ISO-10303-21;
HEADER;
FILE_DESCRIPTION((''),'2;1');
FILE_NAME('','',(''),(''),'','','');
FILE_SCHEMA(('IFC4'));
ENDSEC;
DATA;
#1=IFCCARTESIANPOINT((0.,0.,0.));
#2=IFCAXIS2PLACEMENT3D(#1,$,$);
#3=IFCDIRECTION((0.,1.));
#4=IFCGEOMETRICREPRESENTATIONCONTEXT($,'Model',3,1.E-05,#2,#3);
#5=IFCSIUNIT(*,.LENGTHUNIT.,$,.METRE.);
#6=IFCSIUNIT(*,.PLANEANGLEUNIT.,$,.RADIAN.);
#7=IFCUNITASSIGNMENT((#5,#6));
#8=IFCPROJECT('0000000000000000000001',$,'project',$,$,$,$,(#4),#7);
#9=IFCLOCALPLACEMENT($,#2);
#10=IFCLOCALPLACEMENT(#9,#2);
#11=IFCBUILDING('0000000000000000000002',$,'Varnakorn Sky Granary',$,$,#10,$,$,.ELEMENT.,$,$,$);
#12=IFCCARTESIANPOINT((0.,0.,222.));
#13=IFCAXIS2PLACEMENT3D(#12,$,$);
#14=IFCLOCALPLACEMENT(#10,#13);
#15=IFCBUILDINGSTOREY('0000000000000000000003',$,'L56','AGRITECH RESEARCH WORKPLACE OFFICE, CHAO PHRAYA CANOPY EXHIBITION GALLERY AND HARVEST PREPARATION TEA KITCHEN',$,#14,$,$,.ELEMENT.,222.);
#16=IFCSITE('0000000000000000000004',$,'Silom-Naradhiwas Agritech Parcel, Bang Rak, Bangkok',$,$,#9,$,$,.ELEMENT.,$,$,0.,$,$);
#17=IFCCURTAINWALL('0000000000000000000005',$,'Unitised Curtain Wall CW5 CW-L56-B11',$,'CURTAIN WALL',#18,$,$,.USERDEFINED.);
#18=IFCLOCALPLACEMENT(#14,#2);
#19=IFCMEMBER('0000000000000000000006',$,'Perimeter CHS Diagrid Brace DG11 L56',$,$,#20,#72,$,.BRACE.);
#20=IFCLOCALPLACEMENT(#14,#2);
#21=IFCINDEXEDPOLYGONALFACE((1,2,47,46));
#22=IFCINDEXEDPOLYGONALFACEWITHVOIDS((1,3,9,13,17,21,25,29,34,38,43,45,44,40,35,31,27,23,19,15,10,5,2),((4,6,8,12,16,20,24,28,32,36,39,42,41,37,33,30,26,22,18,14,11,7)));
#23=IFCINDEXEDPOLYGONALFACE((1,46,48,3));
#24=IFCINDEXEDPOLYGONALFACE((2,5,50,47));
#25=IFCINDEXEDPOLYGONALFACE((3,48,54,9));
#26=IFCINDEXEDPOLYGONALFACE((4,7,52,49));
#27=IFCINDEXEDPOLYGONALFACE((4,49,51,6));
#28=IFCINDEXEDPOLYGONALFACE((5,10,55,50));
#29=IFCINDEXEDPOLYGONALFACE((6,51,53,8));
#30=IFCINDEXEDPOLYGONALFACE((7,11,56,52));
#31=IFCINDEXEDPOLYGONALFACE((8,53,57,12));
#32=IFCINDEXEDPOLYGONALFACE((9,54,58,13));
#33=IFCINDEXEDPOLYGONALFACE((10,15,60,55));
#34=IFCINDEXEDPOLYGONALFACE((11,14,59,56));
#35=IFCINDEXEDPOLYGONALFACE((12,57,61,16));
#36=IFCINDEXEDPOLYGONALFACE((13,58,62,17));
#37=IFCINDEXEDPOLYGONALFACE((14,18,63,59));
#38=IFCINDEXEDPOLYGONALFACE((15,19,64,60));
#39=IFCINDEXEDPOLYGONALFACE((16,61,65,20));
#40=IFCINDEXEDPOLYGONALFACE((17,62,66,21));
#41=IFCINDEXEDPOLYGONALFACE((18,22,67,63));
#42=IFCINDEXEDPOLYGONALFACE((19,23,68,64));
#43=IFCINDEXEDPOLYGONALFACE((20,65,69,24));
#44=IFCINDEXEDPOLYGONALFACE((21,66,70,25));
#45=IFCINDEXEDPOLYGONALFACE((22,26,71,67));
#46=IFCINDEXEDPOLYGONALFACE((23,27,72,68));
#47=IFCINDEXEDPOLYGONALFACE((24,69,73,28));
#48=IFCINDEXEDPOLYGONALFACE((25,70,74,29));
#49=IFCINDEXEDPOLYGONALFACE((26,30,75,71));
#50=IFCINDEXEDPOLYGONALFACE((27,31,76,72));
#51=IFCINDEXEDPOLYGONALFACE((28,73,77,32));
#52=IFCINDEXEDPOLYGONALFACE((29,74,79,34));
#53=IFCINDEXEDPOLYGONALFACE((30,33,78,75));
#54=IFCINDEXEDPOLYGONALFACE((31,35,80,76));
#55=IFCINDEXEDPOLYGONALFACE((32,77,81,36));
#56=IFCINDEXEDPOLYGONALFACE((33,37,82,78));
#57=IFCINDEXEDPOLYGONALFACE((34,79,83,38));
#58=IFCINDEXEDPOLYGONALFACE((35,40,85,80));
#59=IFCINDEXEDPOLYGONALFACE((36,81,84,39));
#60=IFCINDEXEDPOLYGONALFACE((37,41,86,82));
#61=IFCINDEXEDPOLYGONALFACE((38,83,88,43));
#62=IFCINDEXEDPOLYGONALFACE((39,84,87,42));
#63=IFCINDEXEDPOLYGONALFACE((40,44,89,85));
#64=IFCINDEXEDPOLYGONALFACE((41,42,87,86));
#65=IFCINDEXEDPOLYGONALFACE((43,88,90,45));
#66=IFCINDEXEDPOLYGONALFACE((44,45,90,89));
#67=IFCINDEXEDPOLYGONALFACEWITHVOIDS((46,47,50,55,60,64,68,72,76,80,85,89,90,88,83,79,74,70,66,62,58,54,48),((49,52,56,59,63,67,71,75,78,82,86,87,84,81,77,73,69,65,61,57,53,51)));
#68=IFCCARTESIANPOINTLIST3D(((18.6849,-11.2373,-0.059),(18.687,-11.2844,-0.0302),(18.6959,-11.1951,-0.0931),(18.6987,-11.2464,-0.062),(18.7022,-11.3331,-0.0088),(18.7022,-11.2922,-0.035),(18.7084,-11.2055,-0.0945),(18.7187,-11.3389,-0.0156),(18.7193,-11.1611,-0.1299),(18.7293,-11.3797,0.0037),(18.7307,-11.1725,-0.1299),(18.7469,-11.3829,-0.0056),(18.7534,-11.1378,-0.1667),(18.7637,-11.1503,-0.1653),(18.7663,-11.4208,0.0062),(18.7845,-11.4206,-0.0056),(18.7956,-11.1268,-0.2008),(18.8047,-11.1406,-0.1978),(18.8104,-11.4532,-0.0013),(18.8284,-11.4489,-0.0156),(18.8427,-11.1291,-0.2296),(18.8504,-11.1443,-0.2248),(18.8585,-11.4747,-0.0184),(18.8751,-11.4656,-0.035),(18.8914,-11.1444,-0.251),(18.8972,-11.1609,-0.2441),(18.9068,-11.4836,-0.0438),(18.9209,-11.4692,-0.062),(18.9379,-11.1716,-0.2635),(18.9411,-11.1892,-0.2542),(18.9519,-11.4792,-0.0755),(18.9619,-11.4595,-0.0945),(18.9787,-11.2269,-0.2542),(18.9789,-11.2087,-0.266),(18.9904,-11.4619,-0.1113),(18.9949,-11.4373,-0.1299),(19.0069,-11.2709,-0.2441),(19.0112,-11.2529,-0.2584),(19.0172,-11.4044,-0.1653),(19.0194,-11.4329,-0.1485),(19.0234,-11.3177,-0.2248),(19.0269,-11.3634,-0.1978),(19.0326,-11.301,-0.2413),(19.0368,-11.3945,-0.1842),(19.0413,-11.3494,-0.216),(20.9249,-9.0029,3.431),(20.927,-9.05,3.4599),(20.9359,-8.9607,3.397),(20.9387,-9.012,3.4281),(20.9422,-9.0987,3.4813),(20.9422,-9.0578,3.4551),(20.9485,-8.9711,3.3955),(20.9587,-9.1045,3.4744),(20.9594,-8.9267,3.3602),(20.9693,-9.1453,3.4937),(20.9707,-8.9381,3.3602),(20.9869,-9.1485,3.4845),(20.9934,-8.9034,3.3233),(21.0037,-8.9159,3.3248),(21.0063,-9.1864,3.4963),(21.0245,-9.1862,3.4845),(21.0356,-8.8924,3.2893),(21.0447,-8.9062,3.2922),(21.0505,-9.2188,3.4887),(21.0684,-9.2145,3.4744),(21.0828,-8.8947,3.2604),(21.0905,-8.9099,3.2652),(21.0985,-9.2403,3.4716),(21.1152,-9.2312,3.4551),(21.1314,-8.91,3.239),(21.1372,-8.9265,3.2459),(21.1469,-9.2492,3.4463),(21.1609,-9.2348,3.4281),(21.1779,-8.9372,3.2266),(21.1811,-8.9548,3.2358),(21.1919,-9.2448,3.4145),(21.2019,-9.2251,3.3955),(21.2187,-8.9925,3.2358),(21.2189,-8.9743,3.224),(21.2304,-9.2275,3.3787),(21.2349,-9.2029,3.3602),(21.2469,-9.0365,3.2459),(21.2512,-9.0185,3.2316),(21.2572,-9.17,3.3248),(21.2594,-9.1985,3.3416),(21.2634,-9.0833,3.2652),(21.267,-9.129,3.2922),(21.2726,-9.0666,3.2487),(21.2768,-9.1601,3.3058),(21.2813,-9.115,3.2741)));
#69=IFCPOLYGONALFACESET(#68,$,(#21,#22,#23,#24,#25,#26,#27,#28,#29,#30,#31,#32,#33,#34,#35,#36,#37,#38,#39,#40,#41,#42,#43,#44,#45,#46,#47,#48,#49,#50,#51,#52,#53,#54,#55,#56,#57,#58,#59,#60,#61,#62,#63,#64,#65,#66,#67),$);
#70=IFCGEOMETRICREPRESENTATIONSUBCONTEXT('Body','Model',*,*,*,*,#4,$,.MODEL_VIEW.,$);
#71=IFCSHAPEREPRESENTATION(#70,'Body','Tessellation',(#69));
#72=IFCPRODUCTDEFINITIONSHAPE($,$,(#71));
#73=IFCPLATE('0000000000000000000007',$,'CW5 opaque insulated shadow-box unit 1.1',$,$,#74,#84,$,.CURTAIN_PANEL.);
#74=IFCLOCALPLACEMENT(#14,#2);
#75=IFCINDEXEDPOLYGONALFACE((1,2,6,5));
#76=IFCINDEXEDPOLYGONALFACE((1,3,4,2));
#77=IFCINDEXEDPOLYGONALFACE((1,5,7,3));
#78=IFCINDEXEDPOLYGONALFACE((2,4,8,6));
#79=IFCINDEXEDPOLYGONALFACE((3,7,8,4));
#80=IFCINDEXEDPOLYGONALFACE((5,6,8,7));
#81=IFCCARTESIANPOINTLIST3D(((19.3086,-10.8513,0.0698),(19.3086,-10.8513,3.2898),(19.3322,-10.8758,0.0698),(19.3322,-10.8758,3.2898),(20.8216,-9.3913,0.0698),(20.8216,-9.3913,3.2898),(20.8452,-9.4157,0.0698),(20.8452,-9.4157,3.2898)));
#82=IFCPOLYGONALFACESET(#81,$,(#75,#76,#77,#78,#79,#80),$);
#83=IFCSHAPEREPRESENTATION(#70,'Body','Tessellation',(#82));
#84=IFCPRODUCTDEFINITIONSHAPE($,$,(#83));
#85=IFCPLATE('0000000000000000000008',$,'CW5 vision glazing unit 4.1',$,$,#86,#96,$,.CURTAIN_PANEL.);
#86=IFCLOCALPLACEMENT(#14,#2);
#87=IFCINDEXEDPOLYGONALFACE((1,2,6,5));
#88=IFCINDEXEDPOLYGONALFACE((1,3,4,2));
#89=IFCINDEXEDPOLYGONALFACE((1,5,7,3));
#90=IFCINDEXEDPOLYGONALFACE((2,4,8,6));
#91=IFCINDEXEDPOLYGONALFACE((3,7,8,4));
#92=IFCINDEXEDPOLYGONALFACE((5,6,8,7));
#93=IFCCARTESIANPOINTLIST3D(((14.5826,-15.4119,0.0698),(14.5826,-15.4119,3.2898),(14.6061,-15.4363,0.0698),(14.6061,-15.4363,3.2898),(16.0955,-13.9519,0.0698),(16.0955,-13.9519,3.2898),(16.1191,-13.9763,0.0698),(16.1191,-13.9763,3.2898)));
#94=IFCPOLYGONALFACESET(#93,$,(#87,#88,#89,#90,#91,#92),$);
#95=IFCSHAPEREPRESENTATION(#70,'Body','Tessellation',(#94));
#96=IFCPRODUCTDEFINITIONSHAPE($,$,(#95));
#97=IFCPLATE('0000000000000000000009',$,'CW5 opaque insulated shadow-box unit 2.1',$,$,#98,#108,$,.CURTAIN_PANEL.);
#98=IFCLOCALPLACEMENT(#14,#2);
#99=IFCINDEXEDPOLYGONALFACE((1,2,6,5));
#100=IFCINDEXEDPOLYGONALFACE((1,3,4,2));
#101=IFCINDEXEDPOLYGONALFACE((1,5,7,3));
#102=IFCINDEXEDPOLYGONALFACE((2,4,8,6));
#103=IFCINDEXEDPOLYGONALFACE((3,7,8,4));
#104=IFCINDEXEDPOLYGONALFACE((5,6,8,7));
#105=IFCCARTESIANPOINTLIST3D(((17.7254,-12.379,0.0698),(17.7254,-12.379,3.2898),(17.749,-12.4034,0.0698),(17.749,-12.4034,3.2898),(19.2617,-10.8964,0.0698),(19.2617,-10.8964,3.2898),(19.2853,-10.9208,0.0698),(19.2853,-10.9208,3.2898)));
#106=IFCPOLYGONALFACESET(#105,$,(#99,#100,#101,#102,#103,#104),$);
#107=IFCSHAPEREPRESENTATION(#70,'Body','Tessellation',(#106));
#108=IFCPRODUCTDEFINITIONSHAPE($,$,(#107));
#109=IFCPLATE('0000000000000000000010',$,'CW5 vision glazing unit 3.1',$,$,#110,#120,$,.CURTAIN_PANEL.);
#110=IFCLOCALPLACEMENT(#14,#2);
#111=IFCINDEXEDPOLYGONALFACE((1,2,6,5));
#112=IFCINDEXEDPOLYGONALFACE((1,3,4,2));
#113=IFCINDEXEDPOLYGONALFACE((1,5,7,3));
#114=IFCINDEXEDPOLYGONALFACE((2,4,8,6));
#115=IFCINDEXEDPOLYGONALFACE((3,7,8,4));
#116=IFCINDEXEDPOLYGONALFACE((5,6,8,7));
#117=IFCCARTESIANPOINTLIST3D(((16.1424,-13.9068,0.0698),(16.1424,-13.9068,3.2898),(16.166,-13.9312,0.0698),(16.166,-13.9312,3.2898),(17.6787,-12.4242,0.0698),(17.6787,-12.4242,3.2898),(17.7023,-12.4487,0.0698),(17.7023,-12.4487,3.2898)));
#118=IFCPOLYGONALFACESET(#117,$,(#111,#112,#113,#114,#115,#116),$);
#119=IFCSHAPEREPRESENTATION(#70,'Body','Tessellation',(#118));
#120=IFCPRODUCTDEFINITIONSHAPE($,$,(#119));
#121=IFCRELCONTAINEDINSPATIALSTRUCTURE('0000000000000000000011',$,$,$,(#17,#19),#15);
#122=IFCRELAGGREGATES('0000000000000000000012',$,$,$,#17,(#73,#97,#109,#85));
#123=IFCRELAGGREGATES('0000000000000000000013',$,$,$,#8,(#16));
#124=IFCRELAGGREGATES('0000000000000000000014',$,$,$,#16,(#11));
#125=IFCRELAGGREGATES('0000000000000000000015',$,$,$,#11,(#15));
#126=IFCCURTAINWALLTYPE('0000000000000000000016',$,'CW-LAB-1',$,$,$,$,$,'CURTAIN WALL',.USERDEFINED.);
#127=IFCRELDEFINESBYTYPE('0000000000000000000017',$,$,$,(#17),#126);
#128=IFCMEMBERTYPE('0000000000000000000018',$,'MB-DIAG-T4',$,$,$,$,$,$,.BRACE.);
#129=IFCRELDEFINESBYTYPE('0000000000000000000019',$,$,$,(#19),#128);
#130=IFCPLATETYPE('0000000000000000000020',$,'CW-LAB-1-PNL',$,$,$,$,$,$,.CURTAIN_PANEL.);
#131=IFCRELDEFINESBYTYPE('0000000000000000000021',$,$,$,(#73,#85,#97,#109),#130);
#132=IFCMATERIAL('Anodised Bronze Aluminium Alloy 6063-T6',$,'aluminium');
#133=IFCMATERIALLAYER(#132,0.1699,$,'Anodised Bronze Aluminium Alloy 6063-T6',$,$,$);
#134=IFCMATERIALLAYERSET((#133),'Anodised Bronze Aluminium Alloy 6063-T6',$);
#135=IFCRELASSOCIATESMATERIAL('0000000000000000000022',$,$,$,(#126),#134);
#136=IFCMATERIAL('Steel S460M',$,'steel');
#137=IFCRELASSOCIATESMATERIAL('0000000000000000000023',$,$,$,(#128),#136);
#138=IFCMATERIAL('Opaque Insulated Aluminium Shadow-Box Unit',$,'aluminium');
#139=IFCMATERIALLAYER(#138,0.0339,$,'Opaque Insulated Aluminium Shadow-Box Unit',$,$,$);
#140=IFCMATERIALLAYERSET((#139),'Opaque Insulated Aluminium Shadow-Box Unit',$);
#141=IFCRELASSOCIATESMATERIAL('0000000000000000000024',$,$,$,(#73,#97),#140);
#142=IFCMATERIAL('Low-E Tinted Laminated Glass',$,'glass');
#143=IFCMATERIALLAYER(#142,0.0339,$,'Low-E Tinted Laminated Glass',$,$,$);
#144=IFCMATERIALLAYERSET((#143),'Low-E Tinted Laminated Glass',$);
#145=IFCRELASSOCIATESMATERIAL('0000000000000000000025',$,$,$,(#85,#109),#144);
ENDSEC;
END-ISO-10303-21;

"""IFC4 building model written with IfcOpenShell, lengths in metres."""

from ifc_helpers import new_model, si_unit, direction, frame, origin, origin_2d, place, context, subcontext, project, spatial, rectangle, hollow_circle, extrude, source, transform, mapped, material, layer, layer_set, material_profile, profile_set, type_object, type_shapes, element, aggregate, save


model = new_model("IFC4")

# Units and contexts
model_context = context("Model", 3, precision=1e-05, world=origin(), true_north=direction((0.0, 1.0)))
body_context = subcontext(model_context, "Body", "Model", "MODEL_VIEW")
ifc_project = project(units=[si_unit("LENGTHUNIT", "METRE"), si_unit("PLANEANGLEUNIT", "RADIAN")], contexts=[model_context])

# Site, building, storey
site_placement = place(None, origin())
site = spatial("IfcSite", under=ifc_project, at=site_placement, Name="Silom-Naradhiwas Agritech Parcel, Bang Rak, Bangkok", CompositionType="ELEMENT", RefElevation=0.0)
building_placement = place(site_placement, origin())
building = spatial("IfcBuilding", under=site, at=building_placement, Name="Varnakorn Sky Granary", CompositionType="ELEMENT")
storey_placement = place(building_placement, frame((0.0, 0.0, 222.0)))
storey = spatial("IfcBuildingStorey", under=building, at=storey_placement, Name="L56", Description="AGRITECH RESEARCH WORKPLACE OFFICE, CHAO PHRAYA CANOPY EXHIBITION GALLERY AND HARVEST PREPARATION TEA KITCHEN", CompositionType="ELEMENT", Elevation=222.0)

# Shared definitions
ifc_material_1 = material(Name="Steel S460M", Category="steel")

# Shared definitions
ifc_material_2 = material(Name="Anodised Bronze Aluminium Alloy 6063-T6", Category="aluminium")
ifc_layer_1 = layer(ifc_material_2, 0.1699, Name="Anodised Bronze Aluminium Alloy 6063-T6")
ifc_layer_set_1 = layer_set([ifc_layer_1], Name="Anodised Bronze Aluminium Alloy 6063-T6")
curtain_wall_type = type_object("IfcCurtainWallType", Name="CW-LAB-1", ElementType="CURTAIN WALL", PredefinedType="USERDEFINED", material=ifc_layer_set_1)

# Curtain wall
curtain_wall_1_placement = place(storey_placement, origin())
curtain_wall_1 = element("IfcCurtainWall", 1, at=curtain_wall_1_placement, inside=storey, type_object=curtain_wall_type, Name="Unitised Curtain Wall CW5 CW-L56-B11", ObjectType="CURTAIN WALL", PredefinedType="USERDEFINED")

# Member
ifc_material_profile_1 = material_profile(ifc_material_1, hollow_circle(Radius=0.2031, WallThickness=0.0161, at=origin_2d()), Name="CHS 406.4x16")
ifc_profile_set_1 = profile_set([ifc_material_profile_1], Name="Steel S460M")
member_type_1 = type_object("IfcMemberType", Name="MB-DIAG-T4", PredefinedType="BRACE", material=ifc_profile_set_1)
member_1_placement = place(storey_placement, frame((18.8628, -11.3049, -0.1299), z_axis=(0.475518, 0.474326, 0.740876), x_axis=(-0.706219, 0.707994, 0.0)))
element("IfcMember", 2, at=member_1_placement, inside=storey, type_object=member_type_1, Name="Perimeter CHS Diagrid Brace DG11 L56", PredefinedType="BRACE", context=body_context, shape_type="SweptSolid", body=[
    extrude(hollow_circle(Radius=0.2031, WallThickness=0.0161, at=origin_2d()), origin(), (0.0, 0.0, 1.0), 4.7107),
])

# Plates
ifc_material_3 = material(Name="Opaque Insulated Aluminium Shadow-Box Unit", Category="aluminium")
ifc_layer_2 = layer(ifc_material_3, 0.0339, Name="Opaque Insulated Aluminium Shadow-Box Unit")
ifc_layer_set_2 = layer_set([ifc_layer_2], Name="Opaque Insulated Aluminium Shadow-Box Unit")
plate_type = type_object("IfcPlateType", Name="CW-LAB-1-PNL", PredefinedType="CURTAIN_PANEL")
shared_shape_1 = source(origin(), body_context, "Body", "SweptSolid", [
    extrude(rectangle(XDim=2.1025, YDim=0.0339, at=origin_2d()), origin(), (0.0, 0.0, 1.0), 3.22),
])
plate_1_placement = place(storey_placement, frame((20.0769, -10.1335, 0.0698), z_axis=(0.0, 0.0, 1.0), x_axis=(-0.719585, -0.694404, 0.0)))
plate_1 = element("IfcPlate", 3, at=plate_1_placement, type_object=plate_type, material=ifc_layer_set_2, Name="CW5 opaque insulated shadow-box unit 1.1", PredefinedType="CURTAIN_PANEL", context=body_context, shape_type="MappedRepresentation", body=[
    mapped(shared_shape_1, transform((0.0, 0.0, 0.0), x_axis=(1.0, 0.0, 0.0), y_axis=(0.0, 1.0, 0.0), z_axis=(0.0, 0.0, 1.0), scale=1.0)),
])
ifc_material_4 = material(Name="Low-E Tinted Laminated Glass", Category="glass")
ifc_layer_3 = layer(ifc_material_4, 0.0339, Name="Low-E Tinted Laminated Glass")
ifc_layer_set_3 = layer_set([ifc_layer_3], Name="Low-E Tinted Laminated Glass")
plate_2_placement = place(storey_placement, frame((15.3508, -14.6941, 0.0698), z_axis=(0.0, 0.0, 1.0), x_axis=(-0.719585, -0.694404, 0.0)))
plate_2 = element("IfcPlate", 4, at=plate_2_placement, type_object=plate_type, material=ifc_layer_set_3, Name="CW5 vision glazing unit 4.1", PredefinedType="CURTAIN_PANEL", context=body_context, shape_type="MappedRepresentation", body=[
    mapped(shared_shape_1, transform((0.0, 0.0, 0.0), x_axis=(1.0, 0.0, 0.0), y_axis=(0.0, 1.0, 0.0), z_axis=(0.0, 0.0, 1.0), scale=1.0)),
])
shared_shape_2 = source(origin(), body_context, "Body", "SweptSolid", [
    extrude(rectangle(XDim=2.135, YDim=0.0339, at=origin_2d()), origin(), (0.0, 0.0, 1.0), 3.22),
])
type_shapes(plate_type, [shared_shape_1, shared_shape_2])
plate_3_placement = place(storey_placement, frame((18.5054, -11.6499, 0.0698), z_axis=(0.0, 0.0, 1.0), x_axis=(-0.719585, -0.694404, 0.0)))
plate_3 = element("IfcPlate", 5, at=plate_3_placement, type_object=plate_type, material=ifc_layer_set_2, Name="CW5 opaque insulated shadow-box unit 2.1", PredefinedType="CURTAIN_PANEL", context=body_context, shape_type="MappedRepresentation", body=[
    mapped(shared_shape_2, transform((0.0, 0.0, 0.0), x_axis=(1.0, 0.0, 0.0), y_axis=(0.0, 1.0, 0.0), z_axis=(0.0, 0.0, 1.0), scale=1.0)),
])
plate_4_placement = place(storey_placement, frame((16.9224, -13.1777, 0.0698), z_axis=(0.0, 0.0, 1.0), x_axis=(-0.719585, -0.694404, 0.0)))
plate_4 = element("IfcPlate", 6, at=plate_4_placement, type_object=plate_type, material=ifc_layer_set_3, Name="CW5 vision glazing unit 3.1", PredefinedType="CURTAIN_PANEL", context=body_context, shape_type="MappedRepresentation", body=[
    mapped(shared_shape_2, transform((0.0, 0.0, 0.0), x_axis=(1.0, 0.0, 0.0), y_axis=(0.0, 1.0, 0.0), z_axis=(0.0, 0.0, 1.0), scale=1.0)),
])
aggregate(curtain_wall_1, [plate_1, plate_3, plate_4, plate_2])

save(model, "model.ifc")
